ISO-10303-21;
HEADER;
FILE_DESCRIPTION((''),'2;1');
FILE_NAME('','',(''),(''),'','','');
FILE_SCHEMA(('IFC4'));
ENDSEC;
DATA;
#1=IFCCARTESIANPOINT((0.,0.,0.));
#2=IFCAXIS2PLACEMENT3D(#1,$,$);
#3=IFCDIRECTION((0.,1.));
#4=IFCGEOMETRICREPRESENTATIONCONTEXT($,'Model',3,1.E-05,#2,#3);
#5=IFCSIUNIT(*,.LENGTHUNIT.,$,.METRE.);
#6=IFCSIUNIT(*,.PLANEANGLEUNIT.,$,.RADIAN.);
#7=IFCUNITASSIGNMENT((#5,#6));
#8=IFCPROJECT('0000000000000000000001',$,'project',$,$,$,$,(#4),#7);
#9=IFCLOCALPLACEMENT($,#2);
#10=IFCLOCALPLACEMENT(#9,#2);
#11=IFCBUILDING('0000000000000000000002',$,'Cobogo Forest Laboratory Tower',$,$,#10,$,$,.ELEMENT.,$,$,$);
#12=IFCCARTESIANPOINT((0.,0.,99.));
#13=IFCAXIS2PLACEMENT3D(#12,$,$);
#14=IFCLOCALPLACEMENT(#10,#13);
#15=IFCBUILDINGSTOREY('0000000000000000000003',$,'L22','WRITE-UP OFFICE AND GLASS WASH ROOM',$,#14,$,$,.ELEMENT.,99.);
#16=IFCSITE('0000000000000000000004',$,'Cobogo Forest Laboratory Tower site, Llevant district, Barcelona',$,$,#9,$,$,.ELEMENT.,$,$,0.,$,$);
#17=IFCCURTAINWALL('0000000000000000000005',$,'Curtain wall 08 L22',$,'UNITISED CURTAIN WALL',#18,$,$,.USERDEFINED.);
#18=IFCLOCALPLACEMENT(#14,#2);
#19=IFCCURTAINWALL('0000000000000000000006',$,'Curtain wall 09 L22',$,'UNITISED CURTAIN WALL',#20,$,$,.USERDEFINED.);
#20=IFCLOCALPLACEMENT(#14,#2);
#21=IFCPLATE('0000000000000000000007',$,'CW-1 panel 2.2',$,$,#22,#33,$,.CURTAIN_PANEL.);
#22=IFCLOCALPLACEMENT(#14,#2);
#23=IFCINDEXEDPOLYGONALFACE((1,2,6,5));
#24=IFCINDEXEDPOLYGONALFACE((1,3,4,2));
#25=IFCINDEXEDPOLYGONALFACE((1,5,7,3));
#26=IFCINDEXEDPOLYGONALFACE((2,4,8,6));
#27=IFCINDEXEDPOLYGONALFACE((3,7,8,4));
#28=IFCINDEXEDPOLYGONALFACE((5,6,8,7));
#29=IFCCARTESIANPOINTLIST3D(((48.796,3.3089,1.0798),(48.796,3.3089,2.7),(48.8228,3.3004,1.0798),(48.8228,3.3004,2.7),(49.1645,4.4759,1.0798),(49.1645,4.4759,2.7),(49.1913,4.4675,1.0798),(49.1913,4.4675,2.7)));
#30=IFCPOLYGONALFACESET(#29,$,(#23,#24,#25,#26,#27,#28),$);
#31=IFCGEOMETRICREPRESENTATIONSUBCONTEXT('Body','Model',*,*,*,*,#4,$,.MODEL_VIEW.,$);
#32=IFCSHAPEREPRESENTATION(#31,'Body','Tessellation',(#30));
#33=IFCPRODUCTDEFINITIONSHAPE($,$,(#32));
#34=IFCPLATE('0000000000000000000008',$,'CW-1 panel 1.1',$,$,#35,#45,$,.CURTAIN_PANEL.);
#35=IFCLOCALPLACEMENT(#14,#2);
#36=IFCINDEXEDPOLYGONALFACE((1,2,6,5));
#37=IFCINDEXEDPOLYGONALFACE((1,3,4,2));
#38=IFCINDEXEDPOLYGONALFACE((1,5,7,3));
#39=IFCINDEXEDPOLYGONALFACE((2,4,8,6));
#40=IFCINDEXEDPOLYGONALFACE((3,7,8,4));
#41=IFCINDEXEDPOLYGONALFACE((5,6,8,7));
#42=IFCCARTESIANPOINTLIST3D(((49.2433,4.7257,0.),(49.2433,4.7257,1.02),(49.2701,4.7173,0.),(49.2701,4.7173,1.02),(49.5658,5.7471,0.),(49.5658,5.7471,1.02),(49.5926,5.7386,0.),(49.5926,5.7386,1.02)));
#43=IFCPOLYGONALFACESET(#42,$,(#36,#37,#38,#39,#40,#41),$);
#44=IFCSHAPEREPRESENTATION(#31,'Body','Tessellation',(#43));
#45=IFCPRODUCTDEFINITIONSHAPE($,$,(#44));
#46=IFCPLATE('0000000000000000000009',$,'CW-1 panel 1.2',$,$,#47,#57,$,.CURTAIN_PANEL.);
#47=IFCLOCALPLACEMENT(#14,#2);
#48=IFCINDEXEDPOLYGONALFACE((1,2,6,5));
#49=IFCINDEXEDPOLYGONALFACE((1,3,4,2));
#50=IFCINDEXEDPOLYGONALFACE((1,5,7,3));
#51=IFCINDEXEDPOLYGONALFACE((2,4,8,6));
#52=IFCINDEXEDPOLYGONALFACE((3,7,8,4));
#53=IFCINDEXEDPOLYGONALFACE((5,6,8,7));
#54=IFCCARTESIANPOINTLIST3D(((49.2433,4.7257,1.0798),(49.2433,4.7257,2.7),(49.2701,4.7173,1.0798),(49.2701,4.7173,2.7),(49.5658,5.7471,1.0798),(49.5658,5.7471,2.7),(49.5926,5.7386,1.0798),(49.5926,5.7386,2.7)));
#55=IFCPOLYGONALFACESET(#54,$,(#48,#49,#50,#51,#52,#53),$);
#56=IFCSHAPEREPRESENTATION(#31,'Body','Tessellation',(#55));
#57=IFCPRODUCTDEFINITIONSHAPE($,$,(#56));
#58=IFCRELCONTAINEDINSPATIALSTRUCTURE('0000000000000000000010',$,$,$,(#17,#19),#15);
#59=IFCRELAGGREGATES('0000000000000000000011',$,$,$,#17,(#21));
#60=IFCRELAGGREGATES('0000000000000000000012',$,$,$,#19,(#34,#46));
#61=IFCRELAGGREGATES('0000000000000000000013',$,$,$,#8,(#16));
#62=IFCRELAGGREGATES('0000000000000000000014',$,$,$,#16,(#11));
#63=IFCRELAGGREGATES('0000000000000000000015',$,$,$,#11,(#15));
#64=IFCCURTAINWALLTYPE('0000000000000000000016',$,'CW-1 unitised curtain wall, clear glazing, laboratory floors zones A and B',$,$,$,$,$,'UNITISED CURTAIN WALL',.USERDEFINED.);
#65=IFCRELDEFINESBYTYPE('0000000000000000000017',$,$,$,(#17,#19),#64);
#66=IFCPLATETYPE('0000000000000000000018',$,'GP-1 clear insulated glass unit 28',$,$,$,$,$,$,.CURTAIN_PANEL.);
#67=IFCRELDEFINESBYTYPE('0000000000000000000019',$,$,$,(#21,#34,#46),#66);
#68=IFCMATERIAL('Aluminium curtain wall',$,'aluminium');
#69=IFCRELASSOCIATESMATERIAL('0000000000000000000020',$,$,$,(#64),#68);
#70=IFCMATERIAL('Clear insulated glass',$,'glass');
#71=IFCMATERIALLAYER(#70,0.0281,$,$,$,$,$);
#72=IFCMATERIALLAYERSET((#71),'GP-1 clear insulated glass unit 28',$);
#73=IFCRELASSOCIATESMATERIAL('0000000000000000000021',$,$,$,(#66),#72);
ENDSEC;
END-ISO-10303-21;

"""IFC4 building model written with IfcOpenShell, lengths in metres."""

from ifc_helpers import new_model, si_unit, direction, frame, origin, origin_2d, place, context, subcontext, project, spatial, rectangle, extrude, material, layer, layer_set, type_object, element, aggregate, save


model = new_model("IFC4")

# Units and contexts
model_context = context("Model", 3, precision=1e-05, world=origin(), true_north=direction((0.0, 1.0)))
body_context = subcontext(model_context, "Body", "Model", "MODEL_VIEW")
ifc_project = project(units=[si_unit("LENGTHUNIT", "METRE"), si_unit("PLANEANGLEUNIT", "RADIAN")], contexts=[model_context])

# Site, building, storey
site_placement = place(None, origin())
site = spatial("IfcSite", under=ifc_project, at=site_placement, Name="Cobogo Forest Laboratory Tower site, Llevant district, Barcelona", CompositionType="ELEMENT", RefElevation=0.0)
building_placement = place(site_placement, origin())
building = spatial("IfcBuilding", under=site, at=building_placement, Name="Cobogo Forest Laboratory Tower", CompositionType="ELEMENT")
storey_placement = place(building_placement, frame((0.0, 0.0, 99.0)))
storey = spatial("IfcBuildingStorey", under=building, at=storey_placement, Name="L22", Description="WRITE-UP OFFICE AND GLASS WASH ROOM", CompositionType="ELEMENT", Elevation=99.0)

# Shared definitions
ifc_material_1 = material(Name="Aluminium curtain wall", Category="aluminium")
curtain_wall_type = type_object("IfcCurtainWallType", Name="CW-1 unitised curtain wall, clear glazing, laboratory floors zones A and B", ElementType="UNITISED CURTAIN WALL", PredefinedType="USERDEFINED", material=ifc_material_1)

# Curtain walls
curtain_wall_1_placement = place(storey_placement, origin())
curtain_wall_1 = element("IfcCurtainWall", 1, at=curtain_wall_1_placement, inside=storey, type_object=curtain_wall_type, Name="Curtain wall 08 L22", ObjectType="UNITISED CURTAIN WALL", PredefinedType="USERDEFINED")
curtain_wall_2_placement = place(storey_placement, origin())
curtain_wall_2 = element("IfcCurtainWall", 2, at=curtain_wall_2_placement, inside=storey, type_object=curtain_wall_type, Name="Curtain wall 09 L22", ObjectType="UNITISED CURTAIN WALL", PredefinedType="USERDEFINED")

# Plates
ifc_material_2 = material(Name="Clear insulated glass", Category="glass")
ifc_layer = layer(ifc_material_2, 0.0281)
ifc_layer_set = layer_set([ifc_layer], Name="GP-1 clear insulated glass unit 28")
plate_type = type_object("IfcPlateType", Name="GP-1 clear insulated glass unit 28", PredefinedType="CURTAIN_PANEL", material=ifc_layer_set)
plate_1_placement = place(storey_placement, frame((48.9937, 3.8882, 1.0798), z_axis=(0.0, 0.0, 1.0), x_axis=(0.301135, 0.953581, 0.0)))
plate_1 = element("IfcPlate", 3, at=plate_1_placement, type_object=plate_type, Name="CW-1 panel 2.2", PredefinedType="CURTAIN_PANEL", context=body_context, shape_type="SweptSolid", body=[
    extrude(rectangle(XDim=1.2239, YDim=0.0281, at=origin_2d()), origin(), (0.0, 0.0, 1.0), 1.6201),
])
aggregate(curtain_wall_1, [plate_1])
plate_2_placement = place(storey_placement, frame((49.418, 5.2322, 0.0), z_axis=(0.0, 0.0, 1.0), x_axis=(0.301136, 0.953581, 0.0)))
plate_2 = element("IfcPlate", 4, at=plate_2_placement, type_object=plate_type, Name="CW-1 panel 1.1", PredefinedType="CURTAIN_PANEL", context=body_context, shape_type="SweptSolid", body=[
    extrude(rectangle(XDim=1.071, YDim=0.0281, at=origin_2d()), origin(), (0.0, 0.0, 1.0), 1.02),
])
plate_3_placement = place(storey_placement, frame((49.418, 5.2322, 1.0798), z_axis=(0.0, 0.0, 1.0), x_axis=(0.301136, 0.953581, 0.0)))
plate_3 = element("IfcPlate", 5, at=plate_3_placement, type_object=plate_type, Name="CW-1 panel 1.2", PredefinedType="CURTAIN_PANEL", context=body_context, shape_type="SweptSolid", body=[
    extrude(rectangle(XDim=1.071, YDim=0.0281, at=origin_2d()), origin(), (0.0, 0.0, 1.0), 1.6201),
])
aggregate(curtain_wall_2, [plate_2, plate_3])

save(model, "model.ifc")
